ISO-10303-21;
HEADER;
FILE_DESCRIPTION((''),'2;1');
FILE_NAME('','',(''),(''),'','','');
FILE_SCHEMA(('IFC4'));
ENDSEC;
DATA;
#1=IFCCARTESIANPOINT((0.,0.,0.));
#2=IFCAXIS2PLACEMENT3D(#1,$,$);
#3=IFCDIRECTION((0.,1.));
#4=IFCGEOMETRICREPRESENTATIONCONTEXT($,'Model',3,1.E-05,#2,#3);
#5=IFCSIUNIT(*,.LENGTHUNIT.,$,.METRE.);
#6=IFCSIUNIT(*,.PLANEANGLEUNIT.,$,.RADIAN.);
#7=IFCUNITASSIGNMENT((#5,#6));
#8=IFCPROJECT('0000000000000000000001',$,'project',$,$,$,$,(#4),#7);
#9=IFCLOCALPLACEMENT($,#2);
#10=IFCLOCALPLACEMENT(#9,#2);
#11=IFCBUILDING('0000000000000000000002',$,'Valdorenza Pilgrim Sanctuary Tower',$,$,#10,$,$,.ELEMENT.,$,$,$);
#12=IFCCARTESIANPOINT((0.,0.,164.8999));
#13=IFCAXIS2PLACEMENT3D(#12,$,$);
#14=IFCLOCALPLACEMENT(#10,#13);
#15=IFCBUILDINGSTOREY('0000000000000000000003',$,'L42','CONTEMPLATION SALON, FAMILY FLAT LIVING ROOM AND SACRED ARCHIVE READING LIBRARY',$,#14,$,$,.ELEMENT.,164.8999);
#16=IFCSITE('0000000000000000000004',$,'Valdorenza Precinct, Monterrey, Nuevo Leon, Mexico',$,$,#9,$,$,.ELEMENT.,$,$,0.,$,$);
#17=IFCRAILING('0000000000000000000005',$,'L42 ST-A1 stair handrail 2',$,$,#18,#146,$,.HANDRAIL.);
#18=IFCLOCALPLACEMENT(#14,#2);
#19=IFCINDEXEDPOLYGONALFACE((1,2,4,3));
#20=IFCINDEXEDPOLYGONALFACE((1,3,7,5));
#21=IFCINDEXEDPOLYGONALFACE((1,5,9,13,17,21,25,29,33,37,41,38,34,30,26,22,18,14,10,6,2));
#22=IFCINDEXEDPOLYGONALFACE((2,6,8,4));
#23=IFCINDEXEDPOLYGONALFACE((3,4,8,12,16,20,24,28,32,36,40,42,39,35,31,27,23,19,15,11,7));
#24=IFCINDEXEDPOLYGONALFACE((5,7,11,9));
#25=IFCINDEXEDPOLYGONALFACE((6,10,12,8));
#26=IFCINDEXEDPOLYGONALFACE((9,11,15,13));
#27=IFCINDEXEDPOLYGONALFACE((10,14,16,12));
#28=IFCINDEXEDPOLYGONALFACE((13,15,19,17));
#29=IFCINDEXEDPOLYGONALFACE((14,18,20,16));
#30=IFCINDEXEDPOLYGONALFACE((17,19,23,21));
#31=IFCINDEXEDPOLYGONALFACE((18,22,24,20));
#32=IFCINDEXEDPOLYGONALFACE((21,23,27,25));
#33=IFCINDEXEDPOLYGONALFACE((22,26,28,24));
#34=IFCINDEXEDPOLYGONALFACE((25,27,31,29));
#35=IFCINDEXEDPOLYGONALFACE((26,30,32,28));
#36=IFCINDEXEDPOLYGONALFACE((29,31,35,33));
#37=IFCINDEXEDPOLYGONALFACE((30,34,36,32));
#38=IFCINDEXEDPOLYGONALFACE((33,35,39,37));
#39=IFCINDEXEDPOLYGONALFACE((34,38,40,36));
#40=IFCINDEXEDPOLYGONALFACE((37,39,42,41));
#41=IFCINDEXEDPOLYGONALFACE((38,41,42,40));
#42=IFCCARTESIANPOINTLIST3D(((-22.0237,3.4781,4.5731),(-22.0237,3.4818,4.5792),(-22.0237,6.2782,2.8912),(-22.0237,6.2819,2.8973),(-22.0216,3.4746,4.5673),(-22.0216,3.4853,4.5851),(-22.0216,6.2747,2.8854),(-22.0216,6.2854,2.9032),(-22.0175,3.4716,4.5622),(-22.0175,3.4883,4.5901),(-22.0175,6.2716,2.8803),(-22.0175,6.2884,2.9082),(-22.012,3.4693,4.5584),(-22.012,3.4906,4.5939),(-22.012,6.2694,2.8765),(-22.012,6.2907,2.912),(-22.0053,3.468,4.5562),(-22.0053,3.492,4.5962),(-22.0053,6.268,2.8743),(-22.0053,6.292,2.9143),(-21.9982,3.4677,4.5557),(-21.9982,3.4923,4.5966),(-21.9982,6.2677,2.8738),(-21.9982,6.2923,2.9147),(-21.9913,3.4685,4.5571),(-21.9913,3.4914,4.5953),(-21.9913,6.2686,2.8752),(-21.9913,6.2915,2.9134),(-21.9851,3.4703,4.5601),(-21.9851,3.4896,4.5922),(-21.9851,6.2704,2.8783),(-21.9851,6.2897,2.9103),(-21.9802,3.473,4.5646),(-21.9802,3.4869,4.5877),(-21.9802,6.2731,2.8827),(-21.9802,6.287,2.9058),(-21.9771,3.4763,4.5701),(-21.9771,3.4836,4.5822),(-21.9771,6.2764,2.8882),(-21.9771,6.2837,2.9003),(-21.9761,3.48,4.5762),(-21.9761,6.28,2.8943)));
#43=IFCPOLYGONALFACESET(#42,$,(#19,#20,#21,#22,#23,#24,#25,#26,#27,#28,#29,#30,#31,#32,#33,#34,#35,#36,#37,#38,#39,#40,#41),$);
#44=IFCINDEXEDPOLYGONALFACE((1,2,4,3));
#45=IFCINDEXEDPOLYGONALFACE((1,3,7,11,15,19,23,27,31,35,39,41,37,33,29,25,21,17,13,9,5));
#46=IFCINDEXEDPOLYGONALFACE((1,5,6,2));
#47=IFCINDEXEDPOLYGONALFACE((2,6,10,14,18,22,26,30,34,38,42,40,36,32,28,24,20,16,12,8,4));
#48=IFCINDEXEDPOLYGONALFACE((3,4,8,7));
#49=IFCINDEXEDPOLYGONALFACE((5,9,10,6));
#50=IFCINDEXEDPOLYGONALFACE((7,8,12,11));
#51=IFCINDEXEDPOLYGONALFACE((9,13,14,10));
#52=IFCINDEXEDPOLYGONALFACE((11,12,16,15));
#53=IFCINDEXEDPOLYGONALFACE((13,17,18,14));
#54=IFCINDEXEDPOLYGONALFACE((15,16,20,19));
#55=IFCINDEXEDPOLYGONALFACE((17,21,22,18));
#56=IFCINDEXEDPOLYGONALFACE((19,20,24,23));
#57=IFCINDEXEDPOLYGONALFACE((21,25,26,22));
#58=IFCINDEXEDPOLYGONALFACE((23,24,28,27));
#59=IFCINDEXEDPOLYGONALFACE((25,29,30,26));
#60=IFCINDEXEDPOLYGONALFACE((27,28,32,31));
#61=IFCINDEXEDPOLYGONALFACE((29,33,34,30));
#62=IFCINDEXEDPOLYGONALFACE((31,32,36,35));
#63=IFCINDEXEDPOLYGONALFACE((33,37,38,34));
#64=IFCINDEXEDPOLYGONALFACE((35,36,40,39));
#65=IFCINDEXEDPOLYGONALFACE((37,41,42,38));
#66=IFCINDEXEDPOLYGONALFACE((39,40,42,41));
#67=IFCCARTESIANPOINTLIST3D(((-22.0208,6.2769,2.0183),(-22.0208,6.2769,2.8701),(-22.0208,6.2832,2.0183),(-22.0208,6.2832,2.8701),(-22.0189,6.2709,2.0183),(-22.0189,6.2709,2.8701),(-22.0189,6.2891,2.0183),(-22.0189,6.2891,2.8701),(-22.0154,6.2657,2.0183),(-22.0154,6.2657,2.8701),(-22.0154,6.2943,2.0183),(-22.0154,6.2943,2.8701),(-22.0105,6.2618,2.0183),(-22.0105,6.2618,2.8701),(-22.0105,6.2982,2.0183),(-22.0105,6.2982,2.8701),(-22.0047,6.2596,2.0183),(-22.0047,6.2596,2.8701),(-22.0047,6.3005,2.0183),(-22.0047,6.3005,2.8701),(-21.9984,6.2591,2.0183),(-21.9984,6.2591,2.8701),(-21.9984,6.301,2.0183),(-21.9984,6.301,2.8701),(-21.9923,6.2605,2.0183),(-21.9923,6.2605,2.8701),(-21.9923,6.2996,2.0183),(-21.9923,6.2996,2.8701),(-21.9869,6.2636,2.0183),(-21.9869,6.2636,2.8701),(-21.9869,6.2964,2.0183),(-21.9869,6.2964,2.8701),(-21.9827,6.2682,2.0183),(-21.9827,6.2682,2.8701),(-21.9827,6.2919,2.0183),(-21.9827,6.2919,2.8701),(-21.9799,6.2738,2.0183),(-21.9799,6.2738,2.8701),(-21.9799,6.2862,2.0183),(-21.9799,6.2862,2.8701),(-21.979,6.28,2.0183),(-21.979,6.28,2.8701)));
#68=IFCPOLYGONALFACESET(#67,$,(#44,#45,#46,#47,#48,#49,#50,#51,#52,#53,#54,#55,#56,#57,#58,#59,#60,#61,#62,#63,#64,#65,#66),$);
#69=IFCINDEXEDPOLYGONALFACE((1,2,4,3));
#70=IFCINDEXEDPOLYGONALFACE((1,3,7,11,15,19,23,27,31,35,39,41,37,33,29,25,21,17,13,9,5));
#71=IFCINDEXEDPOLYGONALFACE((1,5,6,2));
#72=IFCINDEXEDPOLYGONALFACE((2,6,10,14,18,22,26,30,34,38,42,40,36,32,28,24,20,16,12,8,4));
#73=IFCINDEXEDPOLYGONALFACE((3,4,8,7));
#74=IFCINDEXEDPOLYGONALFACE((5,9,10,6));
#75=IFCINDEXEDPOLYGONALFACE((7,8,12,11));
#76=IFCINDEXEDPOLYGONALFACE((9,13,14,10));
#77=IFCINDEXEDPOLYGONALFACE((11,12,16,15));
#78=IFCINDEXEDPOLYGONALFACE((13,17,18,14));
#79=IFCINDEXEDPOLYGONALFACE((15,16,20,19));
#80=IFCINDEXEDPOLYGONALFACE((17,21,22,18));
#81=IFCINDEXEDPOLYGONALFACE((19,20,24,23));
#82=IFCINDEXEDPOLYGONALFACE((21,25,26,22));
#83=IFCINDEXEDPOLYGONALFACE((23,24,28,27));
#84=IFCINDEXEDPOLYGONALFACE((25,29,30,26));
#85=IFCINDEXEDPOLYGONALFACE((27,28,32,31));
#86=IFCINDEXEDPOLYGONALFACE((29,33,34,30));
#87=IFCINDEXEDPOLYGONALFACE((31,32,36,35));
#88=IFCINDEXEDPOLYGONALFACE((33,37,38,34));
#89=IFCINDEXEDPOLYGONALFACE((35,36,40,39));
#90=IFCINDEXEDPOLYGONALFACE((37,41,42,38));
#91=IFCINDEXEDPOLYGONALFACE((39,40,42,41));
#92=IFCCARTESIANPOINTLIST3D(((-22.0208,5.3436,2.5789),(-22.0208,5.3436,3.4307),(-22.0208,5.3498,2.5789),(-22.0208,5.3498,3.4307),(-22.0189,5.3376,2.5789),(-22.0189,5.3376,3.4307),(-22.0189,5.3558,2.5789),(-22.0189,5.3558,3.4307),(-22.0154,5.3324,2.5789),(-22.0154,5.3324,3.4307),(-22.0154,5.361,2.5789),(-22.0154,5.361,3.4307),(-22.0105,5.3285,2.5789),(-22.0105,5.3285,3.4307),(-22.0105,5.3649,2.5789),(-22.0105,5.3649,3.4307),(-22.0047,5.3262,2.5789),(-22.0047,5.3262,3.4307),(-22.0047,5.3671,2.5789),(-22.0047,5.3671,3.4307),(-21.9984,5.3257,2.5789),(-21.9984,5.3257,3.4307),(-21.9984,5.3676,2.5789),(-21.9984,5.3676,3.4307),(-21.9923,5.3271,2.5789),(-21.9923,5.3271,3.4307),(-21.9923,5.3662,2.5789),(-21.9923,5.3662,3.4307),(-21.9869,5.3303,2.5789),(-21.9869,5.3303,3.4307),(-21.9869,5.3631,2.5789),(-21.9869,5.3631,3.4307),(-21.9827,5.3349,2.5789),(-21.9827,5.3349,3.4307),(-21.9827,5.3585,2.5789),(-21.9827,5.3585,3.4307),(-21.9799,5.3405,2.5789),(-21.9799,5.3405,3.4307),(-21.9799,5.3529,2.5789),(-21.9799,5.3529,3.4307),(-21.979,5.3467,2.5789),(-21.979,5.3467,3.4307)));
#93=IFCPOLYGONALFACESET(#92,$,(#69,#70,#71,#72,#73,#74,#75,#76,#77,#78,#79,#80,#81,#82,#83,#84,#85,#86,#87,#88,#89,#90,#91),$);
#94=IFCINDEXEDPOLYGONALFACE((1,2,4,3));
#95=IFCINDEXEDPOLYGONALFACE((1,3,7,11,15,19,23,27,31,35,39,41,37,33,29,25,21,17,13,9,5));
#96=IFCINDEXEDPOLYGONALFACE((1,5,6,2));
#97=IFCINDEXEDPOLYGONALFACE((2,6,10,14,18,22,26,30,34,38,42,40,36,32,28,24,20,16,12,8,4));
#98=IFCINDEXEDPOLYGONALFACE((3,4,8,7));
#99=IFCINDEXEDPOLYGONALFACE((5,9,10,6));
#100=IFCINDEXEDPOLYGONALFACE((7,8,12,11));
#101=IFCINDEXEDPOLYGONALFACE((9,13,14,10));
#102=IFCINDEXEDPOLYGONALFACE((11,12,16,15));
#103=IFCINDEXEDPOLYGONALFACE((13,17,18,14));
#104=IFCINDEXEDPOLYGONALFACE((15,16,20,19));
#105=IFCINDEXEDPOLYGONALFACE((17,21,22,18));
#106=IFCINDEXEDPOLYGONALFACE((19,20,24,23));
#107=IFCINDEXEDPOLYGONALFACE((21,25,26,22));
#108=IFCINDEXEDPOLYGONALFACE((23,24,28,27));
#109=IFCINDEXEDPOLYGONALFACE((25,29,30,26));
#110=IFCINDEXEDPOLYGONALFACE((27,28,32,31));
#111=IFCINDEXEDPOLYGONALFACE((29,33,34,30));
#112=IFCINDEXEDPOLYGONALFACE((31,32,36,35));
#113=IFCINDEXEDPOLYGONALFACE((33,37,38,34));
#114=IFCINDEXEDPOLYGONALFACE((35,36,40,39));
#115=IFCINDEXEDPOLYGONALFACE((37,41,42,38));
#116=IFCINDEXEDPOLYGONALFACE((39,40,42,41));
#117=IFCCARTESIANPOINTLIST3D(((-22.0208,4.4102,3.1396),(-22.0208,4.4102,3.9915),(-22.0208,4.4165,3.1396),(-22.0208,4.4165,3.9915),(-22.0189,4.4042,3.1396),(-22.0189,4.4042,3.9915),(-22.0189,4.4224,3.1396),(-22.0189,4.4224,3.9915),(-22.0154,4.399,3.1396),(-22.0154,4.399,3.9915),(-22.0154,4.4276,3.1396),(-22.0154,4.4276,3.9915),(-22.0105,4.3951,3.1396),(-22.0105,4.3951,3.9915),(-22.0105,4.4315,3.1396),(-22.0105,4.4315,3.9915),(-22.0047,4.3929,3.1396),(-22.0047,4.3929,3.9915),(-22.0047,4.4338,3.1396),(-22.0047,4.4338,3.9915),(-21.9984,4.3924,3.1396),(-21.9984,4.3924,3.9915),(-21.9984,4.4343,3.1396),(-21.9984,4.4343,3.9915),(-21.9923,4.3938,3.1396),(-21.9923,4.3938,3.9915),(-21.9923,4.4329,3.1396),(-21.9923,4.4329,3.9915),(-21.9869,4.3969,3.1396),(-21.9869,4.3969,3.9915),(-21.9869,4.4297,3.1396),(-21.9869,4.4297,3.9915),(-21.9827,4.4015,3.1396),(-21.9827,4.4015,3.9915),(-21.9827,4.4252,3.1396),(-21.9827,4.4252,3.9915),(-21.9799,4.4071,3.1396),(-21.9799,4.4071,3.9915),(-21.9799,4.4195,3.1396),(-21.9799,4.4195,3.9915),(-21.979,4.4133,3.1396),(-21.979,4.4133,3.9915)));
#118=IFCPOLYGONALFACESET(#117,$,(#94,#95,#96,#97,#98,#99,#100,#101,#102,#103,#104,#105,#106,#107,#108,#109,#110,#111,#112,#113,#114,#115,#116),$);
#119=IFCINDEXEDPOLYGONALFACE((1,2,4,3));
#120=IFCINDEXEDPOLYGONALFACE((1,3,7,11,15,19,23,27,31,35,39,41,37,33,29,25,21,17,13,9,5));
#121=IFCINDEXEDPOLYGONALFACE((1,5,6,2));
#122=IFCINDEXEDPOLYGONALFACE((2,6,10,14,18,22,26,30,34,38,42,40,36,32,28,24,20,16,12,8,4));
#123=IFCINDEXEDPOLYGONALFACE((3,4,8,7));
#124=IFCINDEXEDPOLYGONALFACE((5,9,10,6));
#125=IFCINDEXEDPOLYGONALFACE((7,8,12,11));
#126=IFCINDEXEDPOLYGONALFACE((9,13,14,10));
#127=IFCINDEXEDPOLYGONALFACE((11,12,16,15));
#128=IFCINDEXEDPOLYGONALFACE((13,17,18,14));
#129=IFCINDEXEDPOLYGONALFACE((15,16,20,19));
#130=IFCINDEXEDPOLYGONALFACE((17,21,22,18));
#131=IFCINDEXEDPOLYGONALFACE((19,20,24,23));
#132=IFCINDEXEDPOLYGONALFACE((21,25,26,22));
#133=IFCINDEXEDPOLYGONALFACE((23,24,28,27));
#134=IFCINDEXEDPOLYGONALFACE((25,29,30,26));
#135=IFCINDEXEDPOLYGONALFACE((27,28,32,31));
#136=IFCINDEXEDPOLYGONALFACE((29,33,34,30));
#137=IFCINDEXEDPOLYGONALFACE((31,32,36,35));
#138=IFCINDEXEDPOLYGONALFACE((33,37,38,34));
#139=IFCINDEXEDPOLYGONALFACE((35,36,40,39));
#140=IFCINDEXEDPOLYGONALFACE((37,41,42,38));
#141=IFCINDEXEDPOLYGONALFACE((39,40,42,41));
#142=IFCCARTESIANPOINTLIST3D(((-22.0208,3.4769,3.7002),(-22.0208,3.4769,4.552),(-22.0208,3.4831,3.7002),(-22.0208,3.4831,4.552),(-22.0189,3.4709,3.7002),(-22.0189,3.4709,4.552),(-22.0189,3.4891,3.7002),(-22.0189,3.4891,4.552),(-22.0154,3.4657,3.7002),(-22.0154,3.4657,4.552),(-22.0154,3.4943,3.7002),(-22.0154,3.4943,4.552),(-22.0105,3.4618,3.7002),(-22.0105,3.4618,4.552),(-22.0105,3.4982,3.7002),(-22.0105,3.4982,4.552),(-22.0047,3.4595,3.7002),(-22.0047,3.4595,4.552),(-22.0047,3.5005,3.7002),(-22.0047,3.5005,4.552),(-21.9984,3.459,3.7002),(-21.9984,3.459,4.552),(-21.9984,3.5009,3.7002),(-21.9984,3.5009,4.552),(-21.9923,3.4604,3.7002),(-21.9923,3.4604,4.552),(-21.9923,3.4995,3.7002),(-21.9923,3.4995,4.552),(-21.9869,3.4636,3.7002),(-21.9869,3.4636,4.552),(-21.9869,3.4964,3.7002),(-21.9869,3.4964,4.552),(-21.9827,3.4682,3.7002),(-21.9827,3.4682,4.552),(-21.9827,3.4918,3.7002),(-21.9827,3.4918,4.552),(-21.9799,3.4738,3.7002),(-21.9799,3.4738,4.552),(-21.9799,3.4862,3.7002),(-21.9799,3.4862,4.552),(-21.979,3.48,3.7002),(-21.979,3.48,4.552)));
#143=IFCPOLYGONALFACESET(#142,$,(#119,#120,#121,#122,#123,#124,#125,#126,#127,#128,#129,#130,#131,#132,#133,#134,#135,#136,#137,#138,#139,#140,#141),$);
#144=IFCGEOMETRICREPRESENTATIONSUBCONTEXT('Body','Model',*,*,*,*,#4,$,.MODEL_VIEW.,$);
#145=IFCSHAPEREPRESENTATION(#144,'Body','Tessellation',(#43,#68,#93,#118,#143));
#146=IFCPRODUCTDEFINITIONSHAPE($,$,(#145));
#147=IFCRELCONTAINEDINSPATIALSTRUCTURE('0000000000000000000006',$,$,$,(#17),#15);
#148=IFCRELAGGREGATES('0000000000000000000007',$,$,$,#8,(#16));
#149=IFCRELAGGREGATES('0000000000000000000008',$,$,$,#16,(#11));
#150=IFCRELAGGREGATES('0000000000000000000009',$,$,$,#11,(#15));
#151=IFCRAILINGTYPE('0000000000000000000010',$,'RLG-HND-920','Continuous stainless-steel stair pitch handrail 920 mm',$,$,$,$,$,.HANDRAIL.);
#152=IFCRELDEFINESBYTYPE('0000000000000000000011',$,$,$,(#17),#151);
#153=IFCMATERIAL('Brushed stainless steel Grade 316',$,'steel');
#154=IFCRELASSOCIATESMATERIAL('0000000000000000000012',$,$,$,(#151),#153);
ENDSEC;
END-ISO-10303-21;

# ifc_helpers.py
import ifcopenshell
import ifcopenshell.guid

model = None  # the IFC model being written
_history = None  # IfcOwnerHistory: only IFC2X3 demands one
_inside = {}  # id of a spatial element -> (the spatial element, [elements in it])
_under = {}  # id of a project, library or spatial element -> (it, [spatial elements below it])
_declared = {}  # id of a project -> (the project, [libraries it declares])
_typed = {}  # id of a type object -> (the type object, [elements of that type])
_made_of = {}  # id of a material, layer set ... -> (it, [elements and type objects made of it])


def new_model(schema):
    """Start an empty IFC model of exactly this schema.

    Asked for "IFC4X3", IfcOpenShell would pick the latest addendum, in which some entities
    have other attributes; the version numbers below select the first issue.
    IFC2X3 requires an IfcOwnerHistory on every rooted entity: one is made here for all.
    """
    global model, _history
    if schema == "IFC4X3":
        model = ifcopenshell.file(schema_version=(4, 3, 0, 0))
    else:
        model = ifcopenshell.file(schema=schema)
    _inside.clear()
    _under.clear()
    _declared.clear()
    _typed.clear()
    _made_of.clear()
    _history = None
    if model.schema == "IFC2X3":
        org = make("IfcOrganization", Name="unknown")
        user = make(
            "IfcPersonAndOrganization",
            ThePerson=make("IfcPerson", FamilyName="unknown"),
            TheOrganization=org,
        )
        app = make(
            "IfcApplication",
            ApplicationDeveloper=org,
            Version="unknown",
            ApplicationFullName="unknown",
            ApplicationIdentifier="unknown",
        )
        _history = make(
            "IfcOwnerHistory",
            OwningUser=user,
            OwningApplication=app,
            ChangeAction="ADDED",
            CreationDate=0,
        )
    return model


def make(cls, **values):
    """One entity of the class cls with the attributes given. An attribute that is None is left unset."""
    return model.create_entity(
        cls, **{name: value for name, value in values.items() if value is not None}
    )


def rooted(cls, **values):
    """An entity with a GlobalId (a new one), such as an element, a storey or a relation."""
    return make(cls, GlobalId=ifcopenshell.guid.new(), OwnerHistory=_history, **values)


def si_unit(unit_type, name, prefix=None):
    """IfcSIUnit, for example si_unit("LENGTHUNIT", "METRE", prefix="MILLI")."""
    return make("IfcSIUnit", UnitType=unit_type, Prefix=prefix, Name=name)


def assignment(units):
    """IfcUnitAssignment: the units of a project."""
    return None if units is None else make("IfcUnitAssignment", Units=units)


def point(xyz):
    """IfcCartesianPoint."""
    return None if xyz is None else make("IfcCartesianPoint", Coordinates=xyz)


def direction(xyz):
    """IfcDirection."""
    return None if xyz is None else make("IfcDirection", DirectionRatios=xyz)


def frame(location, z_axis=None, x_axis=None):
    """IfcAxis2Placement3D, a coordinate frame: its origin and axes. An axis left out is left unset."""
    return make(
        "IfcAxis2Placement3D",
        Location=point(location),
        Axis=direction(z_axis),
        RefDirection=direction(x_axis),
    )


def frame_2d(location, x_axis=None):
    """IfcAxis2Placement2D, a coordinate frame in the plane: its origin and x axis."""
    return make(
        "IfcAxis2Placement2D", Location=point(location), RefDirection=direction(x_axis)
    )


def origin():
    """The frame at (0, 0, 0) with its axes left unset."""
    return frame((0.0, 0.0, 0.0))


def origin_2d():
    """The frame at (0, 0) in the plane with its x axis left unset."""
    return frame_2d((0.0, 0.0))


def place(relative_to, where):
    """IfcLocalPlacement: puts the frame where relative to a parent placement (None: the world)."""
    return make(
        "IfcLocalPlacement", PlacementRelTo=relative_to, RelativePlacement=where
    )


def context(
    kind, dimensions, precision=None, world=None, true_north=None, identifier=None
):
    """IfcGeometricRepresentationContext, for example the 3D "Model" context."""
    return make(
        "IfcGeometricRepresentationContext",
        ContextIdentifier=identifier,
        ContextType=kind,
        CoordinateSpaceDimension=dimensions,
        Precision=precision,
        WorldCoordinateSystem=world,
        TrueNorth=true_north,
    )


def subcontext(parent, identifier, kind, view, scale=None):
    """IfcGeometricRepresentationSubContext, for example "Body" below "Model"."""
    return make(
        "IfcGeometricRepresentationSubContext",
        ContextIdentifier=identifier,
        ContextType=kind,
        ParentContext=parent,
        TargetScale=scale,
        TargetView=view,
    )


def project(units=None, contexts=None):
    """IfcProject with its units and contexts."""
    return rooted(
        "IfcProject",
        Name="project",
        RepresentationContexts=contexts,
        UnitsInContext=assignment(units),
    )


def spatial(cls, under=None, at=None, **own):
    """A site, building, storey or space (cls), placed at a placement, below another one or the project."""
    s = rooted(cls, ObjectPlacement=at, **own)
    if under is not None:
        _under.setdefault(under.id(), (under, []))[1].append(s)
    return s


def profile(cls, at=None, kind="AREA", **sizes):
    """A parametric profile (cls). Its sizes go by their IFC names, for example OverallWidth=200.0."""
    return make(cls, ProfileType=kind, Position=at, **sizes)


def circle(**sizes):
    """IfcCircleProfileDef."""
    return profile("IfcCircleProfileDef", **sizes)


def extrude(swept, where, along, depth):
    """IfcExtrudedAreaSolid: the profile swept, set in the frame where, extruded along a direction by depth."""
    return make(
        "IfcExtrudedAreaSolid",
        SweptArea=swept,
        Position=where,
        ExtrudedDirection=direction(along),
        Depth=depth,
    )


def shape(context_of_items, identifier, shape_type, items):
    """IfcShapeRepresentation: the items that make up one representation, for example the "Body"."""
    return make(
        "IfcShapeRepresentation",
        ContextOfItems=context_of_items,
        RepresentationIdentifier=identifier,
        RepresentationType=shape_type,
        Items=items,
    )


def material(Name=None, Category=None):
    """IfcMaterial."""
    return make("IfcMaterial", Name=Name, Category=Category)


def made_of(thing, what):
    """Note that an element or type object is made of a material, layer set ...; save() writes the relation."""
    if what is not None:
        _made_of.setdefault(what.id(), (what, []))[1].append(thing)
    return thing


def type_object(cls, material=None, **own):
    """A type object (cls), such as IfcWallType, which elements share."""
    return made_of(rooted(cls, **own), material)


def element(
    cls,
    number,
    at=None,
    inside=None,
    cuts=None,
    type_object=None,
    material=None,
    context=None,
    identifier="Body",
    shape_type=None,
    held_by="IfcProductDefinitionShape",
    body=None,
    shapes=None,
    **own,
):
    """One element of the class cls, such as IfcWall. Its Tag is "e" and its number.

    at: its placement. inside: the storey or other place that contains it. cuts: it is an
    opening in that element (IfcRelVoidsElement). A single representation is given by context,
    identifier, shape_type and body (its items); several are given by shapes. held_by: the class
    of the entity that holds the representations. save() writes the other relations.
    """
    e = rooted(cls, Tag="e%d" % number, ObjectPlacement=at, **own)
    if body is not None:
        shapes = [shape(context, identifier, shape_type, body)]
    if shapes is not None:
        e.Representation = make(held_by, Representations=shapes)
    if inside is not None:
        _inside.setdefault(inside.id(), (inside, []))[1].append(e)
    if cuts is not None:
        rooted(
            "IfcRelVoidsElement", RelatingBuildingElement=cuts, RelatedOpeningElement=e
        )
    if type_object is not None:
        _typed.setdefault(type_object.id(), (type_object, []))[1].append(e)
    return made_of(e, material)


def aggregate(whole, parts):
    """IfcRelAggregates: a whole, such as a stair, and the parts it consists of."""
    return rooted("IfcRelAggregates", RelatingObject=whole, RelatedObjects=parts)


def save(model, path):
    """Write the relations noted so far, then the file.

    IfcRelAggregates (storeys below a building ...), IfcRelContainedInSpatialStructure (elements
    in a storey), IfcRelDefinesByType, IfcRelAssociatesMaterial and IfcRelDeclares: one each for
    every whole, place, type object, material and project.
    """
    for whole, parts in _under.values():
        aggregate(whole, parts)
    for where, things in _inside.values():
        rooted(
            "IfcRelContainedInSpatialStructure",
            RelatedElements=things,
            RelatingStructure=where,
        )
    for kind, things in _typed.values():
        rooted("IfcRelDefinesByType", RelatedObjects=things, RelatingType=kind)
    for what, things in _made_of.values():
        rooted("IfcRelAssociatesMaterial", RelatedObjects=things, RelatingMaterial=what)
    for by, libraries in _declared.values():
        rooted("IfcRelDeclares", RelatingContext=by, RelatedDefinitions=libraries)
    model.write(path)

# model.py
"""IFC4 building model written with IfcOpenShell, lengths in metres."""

from ifc_helpers import new_model, si_unit, direction, frame, origin, origin_2d, place, context, subcontext, project, spatial, circle, extrude, material, type_object, element, save


model = new_model("IFC4")

# Units and contexts
model_context = context("Model", 3, precision=1e-05, world=origin(), true_north=direction((0.0, 1.0)))
body_context = subcontext(model_context, "Body", "Model", "MODEL_VIEW")
ifc_project = project(units=[si_unit("LENGTHUNIT", "METRE"), si_unit("PLANEANGLEUNIT", "RADIAN")], contexts=[model_context])

# Site, building, storey
site_placement = place(None, origin())
site = spatial("IfcSite", under=ifc_project, at=site_placement, Name="Valdorenza Precinct, Monterrey, Nuevo Leon, Mexico", CompositionType="ELEMENT", RefElevation=0.0)
building_placement = place(site_placement, origin())
building = spatial("IfcBuilding", under=site, at=building_placement, Name="Valdorenza Pilgrim Sanctuary Tower", CompositionType="ELEMENT")
storey_placement = place(building_placement, frame((0.0, 0.0, 164.8999)))
storey = spatial("IfcBuildingStorey", under=building, at=storey_placement, Name="L42", Description="CONTEMPLATION SALON, FAMILY FLAT LIVING ROOM AND SACRED ARCHIVE READING LIBRARY", CompositionType="ELEMENT", Elevation=164.8999)

# Railing
ifc_material_1 = material(Name="Brushed stainless steel Grade 316", Category="steel")
railing_type_1 = type_object("IfcRailingType", Name="RLG-HND-920", Description="Continuous stainless-steel stair pitch handrail 920 mm", PredefinedType="HANDRAIL", material=ifc_material_1)
railing_1_placement = place(storey_placement, frame((-22.0, 6.28, 2.0183)))
element("IfcRailing", 1, at=railing_1_placement, inside=storey, type_object=railing_type_1, Name="L42 ST-A1 stair handrail 2", PredefinedType="HANDRAIL", context=body_context, shape_type="SweptSolid", body=[
    extrude(circle(Radius=0.0239, at=origin_2d()), frame((0.0, 0.0, 0.876), z_axis=(0.0, -0.857242, 0.514913), x_axis=(1.0, 0.0, 0.0)), (0.0, 0.0, 1.0), 3.2664),
    extrude(circle(Radius=0.021, at=origin_2d()), origin(), (0.0, 0.0, 1.0), 0.8518),
    extrude(circle(Radius=0.021, at=origin_2d()), frame((0.0, -0.9333, 0.5605)), (0.0, 0.0, 1.0), 0.8518),
    extrude(circle(Radius=0.021, at=origin_2d()), frame((0.0, -1.8667, 1.1213)), (0.0, 0.0, 1.0), 0.8518),
    extrude(circle(Radius=0.021, at=origin_2d()), frame((0.0, -2.8, 1.6819)), (0.0, 0.0, 1.0), 0.8518),
])

save(model, "model.ifc")
